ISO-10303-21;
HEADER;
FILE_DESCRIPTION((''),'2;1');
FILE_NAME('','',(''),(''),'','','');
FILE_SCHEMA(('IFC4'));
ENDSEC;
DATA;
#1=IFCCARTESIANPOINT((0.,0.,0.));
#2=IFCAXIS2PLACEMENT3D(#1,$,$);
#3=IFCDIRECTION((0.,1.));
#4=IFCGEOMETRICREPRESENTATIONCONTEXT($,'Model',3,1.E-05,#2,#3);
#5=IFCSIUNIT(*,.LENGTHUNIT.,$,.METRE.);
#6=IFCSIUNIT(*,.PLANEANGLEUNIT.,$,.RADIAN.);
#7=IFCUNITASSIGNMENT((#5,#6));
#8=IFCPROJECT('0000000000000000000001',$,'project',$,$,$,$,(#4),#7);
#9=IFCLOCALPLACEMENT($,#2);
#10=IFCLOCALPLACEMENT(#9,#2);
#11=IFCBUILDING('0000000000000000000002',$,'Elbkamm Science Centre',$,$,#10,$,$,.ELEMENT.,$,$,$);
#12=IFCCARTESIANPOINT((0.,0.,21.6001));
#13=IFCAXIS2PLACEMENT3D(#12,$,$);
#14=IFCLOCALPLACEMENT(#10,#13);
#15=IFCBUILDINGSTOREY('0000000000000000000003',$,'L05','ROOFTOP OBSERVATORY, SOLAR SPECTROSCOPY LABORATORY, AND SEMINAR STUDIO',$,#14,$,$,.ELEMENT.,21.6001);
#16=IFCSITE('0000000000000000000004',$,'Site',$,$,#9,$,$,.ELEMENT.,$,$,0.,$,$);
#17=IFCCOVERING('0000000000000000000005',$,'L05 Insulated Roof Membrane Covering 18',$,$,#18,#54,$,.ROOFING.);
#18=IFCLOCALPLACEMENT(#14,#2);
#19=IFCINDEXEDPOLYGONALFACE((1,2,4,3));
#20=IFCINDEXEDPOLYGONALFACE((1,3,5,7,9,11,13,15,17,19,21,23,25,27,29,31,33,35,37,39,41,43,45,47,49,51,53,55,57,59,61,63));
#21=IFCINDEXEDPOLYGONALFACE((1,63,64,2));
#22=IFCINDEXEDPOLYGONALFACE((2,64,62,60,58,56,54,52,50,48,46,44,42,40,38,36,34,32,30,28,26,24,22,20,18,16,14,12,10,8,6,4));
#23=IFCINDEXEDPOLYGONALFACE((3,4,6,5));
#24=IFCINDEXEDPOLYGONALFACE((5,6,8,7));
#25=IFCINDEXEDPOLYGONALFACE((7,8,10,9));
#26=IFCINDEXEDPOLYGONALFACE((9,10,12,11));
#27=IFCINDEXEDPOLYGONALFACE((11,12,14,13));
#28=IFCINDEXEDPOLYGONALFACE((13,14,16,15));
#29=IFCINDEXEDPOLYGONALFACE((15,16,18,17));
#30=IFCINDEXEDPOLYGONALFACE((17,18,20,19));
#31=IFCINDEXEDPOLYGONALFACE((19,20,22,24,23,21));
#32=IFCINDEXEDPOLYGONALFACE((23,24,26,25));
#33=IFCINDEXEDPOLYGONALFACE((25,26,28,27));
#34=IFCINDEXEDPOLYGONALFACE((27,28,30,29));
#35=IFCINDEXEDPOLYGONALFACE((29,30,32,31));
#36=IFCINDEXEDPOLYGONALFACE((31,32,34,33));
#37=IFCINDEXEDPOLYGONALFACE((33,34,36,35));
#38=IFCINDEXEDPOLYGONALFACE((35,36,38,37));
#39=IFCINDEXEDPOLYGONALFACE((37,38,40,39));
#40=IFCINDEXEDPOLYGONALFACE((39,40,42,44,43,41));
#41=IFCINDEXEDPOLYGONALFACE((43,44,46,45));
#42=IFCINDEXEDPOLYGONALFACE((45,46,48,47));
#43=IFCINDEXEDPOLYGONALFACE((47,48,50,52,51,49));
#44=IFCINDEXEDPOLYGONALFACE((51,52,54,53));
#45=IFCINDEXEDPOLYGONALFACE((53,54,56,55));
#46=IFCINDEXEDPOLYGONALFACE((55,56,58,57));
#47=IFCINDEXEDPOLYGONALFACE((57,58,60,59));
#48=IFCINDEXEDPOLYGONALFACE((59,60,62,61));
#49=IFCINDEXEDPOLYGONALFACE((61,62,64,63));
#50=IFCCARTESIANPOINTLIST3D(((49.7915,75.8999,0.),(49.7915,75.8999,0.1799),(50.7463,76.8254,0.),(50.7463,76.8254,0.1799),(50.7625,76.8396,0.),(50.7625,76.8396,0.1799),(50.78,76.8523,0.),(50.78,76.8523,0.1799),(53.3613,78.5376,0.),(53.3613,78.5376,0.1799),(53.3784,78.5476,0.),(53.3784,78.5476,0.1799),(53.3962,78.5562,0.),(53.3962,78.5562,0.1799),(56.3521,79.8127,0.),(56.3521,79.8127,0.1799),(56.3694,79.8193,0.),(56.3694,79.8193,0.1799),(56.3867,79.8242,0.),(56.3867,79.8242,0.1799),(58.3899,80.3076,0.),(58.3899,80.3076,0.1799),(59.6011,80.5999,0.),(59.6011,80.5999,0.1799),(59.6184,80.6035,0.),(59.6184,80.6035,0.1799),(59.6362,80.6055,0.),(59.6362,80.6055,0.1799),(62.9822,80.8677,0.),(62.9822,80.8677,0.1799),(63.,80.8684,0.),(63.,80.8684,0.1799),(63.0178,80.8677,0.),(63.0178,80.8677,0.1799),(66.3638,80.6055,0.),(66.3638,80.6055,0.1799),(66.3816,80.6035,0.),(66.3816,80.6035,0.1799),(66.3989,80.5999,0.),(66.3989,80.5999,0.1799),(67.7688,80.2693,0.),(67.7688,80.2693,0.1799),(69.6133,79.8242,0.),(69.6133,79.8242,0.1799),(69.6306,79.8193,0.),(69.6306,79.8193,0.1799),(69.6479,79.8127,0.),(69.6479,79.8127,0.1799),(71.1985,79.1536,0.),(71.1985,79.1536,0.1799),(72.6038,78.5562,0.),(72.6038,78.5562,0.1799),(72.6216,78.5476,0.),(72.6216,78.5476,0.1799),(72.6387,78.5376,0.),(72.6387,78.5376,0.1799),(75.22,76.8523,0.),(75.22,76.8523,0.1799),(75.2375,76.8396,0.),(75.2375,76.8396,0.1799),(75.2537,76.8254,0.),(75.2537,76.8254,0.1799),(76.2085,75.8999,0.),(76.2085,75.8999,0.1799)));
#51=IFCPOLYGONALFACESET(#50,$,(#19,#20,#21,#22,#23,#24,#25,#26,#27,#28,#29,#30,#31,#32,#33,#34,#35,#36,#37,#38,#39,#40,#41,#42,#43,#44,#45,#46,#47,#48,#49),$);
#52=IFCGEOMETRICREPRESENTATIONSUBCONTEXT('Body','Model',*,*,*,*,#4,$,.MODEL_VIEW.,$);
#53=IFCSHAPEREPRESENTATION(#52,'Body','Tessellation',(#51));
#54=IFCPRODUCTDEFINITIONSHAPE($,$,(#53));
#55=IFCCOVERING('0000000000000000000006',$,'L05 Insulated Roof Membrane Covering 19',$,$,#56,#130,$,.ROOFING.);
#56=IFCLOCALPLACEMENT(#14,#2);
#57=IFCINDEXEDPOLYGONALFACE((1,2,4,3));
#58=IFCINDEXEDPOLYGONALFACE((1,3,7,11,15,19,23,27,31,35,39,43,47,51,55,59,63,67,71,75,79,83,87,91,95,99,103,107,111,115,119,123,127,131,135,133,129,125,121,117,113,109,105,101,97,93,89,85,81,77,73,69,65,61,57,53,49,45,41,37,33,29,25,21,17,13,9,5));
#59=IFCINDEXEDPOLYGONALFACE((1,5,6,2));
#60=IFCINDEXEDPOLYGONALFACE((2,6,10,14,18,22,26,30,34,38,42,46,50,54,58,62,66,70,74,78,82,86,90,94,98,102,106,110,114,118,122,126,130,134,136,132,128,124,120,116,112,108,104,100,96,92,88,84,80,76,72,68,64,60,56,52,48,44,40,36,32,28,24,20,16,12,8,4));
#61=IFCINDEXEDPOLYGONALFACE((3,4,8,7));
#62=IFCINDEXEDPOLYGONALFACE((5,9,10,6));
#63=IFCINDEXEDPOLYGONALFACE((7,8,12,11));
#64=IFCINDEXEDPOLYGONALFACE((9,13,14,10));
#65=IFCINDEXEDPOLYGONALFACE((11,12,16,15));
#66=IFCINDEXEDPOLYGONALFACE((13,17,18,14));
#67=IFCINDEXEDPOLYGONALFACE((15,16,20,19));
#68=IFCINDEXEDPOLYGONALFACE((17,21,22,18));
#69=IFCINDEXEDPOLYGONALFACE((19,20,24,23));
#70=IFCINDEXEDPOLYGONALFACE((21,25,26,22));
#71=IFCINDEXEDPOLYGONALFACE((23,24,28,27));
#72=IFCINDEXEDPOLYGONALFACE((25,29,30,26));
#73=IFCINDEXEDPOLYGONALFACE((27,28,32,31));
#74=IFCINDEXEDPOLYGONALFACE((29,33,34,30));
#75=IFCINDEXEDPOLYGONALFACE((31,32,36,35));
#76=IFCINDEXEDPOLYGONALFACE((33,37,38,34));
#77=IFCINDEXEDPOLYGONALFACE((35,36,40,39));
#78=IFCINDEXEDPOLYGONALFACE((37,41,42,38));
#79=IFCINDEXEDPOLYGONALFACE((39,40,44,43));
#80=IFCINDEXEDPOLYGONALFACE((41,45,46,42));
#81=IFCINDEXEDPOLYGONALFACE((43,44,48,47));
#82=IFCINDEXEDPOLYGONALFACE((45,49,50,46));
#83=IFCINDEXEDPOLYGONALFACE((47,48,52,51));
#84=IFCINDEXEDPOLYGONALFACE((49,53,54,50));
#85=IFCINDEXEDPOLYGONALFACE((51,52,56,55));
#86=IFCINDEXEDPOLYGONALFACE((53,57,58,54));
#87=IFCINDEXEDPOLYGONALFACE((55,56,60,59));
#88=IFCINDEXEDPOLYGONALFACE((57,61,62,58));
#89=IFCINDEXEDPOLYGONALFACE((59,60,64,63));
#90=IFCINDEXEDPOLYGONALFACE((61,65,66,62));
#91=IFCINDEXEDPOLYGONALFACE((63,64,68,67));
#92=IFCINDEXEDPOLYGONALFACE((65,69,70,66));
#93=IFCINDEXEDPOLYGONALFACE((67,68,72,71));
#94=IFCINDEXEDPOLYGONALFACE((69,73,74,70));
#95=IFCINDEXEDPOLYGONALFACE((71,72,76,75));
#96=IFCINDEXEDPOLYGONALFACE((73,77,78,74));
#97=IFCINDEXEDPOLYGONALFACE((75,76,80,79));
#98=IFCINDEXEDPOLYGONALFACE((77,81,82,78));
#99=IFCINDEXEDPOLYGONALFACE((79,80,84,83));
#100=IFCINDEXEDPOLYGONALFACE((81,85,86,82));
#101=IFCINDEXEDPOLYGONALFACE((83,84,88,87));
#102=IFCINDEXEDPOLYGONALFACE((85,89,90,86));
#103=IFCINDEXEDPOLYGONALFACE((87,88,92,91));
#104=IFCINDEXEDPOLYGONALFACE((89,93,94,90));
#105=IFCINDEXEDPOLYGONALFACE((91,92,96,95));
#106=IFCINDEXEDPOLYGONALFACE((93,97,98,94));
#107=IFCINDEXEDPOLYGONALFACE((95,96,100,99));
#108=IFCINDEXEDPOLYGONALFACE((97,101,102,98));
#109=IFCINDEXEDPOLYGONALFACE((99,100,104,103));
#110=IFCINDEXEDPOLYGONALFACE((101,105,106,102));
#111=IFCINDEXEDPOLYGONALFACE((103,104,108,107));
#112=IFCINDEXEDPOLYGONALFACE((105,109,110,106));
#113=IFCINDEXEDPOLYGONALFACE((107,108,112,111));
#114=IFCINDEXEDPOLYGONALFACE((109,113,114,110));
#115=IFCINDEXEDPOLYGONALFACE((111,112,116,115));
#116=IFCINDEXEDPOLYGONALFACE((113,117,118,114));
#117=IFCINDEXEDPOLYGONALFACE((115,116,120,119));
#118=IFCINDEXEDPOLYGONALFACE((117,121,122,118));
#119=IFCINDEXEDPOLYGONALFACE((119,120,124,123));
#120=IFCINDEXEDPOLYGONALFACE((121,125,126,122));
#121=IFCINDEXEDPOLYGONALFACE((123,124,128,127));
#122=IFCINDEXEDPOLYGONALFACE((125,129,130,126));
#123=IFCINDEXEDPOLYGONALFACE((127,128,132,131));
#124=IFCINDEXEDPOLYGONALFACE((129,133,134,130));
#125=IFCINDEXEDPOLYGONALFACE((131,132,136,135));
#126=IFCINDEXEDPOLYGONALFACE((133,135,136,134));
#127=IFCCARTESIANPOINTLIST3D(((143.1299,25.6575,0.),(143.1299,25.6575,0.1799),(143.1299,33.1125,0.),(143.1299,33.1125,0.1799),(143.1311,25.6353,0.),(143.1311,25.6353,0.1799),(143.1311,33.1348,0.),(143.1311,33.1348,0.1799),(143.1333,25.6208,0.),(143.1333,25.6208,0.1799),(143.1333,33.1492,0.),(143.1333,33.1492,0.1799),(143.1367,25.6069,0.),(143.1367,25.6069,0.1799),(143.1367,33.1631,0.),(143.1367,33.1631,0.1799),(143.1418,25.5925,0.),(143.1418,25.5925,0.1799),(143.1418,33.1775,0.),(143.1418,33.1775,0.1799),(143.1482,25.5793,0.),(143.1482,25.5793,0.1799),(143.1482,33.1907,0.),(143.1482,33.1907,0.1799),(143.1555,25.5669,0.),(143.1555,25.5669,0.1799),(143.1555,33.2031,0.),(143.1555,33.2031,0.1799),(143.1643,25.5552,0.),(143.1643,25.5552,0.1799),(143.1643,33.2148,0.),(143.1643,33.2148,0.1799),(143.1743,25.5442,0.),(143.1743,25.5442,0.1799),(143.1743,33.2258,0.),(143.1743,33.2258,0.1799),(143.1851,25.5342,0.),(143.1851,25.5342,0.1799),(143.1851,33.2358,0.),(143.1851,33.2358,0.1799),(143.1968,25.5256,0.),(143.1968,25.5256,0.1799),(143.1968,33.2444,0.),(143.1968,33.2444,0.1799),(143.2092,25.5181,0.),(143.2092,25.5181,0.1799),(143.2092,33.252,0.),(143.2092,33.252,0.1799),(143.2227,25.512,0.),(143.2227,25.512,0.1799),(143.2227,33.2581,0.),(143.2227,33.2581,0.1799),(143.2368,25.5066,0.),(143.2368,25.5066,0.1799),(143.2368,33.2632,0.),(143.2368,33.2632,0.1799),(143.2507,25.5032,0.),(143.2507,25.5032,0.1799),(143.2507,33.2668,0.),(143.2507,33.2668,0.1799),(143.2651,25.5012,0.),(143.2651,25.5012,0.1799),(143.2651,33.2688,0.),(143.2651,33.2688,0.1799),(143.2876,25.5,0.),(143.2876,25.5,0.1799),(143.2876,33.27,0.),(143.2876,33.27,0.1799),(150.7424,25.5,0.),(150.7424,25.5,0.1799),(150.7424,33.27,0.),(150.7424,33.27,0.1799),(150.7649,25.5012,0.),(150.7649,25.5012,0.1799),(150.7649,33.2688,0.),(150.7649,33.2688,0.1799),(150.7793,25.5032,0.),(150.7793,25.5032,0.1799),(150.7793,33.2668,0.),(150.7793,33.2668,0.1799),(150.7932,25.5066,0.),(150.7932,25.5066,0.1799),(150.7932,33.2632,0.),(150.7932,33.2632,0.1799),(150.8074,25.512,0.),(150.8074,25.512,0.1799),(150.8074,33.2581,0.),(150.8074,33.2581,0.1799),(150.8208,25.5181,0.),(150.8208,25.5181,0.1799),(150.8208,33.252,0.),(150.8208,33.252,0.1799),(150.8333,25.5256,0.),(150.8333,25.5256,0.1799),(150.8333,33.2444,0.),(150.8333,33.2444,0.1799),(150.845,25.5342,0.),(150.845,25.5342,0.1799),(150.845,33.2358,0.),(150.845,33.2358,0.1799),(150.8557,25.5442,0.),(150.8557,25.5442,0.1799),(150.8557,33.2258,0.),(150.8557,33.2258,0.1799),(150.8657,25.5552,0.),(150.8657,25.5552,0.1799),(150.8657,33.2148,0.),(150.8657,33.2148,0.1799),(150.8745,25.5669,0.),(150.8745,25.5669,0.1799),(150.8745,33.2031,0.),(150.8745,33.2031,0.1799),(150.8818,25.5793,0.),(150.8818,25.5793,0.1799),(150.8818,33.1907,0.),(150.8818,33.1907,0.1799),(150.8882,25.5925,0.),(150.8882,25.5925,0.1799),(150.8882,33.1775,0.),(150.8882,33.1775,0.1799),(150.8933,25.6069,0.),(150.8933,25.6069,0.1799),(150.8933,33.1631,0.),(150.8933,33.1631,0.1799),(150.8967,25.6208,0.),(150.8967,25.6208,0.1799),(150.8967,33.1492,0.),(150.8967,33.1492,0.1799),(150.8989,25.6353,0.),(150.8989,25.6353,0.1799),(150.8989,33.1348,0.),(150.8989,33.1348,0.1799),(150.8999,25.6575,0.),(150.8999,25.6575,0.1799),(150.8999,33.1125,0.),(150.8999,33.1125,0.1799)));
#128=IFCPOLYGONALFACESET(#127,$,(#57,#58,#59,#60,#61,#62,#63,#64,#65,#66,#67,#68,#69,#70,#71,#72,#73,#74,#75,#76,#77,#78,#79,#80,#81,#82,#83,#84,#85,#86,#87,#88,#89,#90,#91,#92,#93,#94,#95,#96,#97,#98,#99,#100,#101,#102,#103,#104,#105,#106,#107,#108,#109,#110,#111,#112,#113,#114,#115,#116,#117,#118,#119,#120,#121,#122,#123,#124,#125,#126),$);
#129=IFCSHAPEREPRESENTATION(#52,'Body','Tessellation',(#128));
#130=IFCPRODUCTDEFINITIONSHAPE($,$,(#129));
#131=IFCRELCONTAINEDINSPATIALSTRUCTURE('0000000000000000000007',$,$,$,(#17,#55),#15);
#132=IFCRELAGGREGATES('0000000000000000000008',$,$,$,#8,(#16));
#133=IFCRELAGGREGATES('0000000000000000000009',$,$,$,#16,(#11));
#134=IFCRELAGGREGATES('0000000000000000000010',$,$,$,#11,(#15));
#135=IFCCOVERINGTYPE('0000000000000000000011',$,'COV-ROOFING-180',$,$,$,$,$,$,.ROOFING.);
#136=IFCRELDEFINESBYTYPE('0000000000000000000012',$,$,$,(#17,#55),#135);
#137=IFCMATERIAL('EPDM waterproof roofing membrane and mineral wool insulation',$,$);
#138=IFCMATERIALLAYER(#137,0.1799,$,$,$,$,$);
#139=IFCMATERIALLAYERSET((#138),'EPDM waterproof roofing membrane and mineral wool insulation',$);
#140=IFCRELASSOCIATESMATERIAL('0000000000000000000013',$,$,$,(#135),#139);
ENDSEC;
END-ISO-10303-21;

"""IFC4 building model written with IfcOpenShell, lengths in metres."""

from ifc_helpers import new_model, si_unit, direction, frame, origin, place, context, subcontext, project, spatial, polyline, outline, extrude, material, layer, layer_set, type_object, element, save


model = new_model("IFC4")

# Units and contexts
model_context = context("Model", 3, precision=1e-05, world=origin(), true_north=direction((0.0, 1.0)))
body_context = subcontext(model_context, "Body", "Model", "MODEL_VIEW")
ifc_project = project(units=[si_unit("LENGTHUNIT", "METRE"), si_unit("PLANEANGLEUNIT", "RADIAN")], contexts=[model_context])

# Site, building, storey
site_placement = place(None, origin())
site = spatial("IfcSite", under=ifc_project, at=site_placement, Name="Site", CompositionType="ELEMENT", RefElevation=0.0)
building_placement = place(site_placement, origin())
building = spatial("IfcBuilding", under=site, at=building_placement, Name="Elbkamm Science Centre", CompositionType="ELEMENT")
storey_placement = place(building_placement, frame((0.0, 0.0, 21.6001)))
storey = spatial("IfcBuildingStorey", under=building, at=storey_placement, Name="L05", Description="ROOFTOP OBSERVATORY, SOLAR SPECTROSCOPY LABORATORY, AND SEMINAR STUDIO", CompositionType="ELEMENT", Elevation=21.6001)

# Coverings
ifc_material_1 = material(Name="EPDM waterproof roofing membrane and mineral wool insulation")
ifc_layer_1 = layer(ifc_material_1, 0.1799)
ifc_layer_set_1 = layer_set([ifc_layer_1], Name="EPDM waterproof roofing membrane and mineral wool insulation")
covering_type_1 = type_object("IfcCoveringType", Name="COV-ROOFING-180", PredefinedType="ROOFING", material=ifc_layer_set_1)
covering_1_placement = place(storey_placement, origin())
element("IfcCovering", 1, at=covering_1_placement, inside=storey, type_object=covering_type_1, Name="L05 Insulated Roof Membrane Covering 18", PredefinedType="ROOFING", context=body_context, shape_type="SweptSolid", body=[
    extrude(outline(polyline([(50.7463, 76.8254), (50.7625, 76.8396), (50.78, 76.8523), (53.3613, 78.5376), (53.3784, 78.5476), (53.3962, 78.5562), (56.3521, 79.8127), (56.3694, 79.8193), (56.3867, 79.8242), (58.3899, 80.3076), (59.6011, 80.5999), (59.6184, 80.6035), (59.6362, 80.6055), (62.9822, 80.8677), (63.0, 80.8684), (63.0178, 80.8677), (66.3638, 80.6055), (66.3816, 80.6035), (66.3989, 80.5999), (67.7688, 80.2693), (69.6133, 79.8242), (69.6306, 79.8193), (69.6479, 79.8127), (71.1985, 79.1536), (72.6038, 78.5562), (72.6216, 78.5476), (72.6387, 78.5376), (75.22, 76.8523), (75.2375, 76.8396), (75.2537, 76.8254), (76.2085, 75.8999), (49.7915, 75.8999), (50.7463, 76.8254)])), origin(), (0.0, 0.0, 1.0), 0.1799),
])
covering_2_placement = place(storey_placement, origin())
element("IfcCovering", 2, at=covering_2_placement, inside=storey, type_object=covering_type_1, Name="L05 Insulated Roof Membrane Covering 19", PredefinedType="ROOFING", context=body_context, shape_type="SweptSolid", body=[
    extrude(outline(polyline([(143.2507, 25.5032), (143.2368, 25.5066), (143.2227, 25.512), (143.2092, 25.5181), (143.1968, 25.5256), (143.1851, 25.5342), (143.1743, 25.5442), (143.1643, 25.5552), (143.1555, 25.5669), (143.1482, 25.5793), (143.1418, 25.5925), (143.1367, 25.6069), (143.1333, 25.6208), (143.1311, 25.6353), (143.1299, 25.6575), (143.1299, 33.1125), (143.1311, 33.1348), (143.1333, 33.1492), (143.1367, 33.1631), (143.1418, 33.1775), (143.1482, 33.1907), (143.1555, 33.2031), (143.1643, 33.2148), (143.1743, 33.2258), (143.1851, 33.2358), (143.1968, 33.2444), (143.2092, 33.252), (143.2227, 33.2581), (143.2368, 33.2632), (143.2507, 33.2668), (143.2651, 33.2688), (143.2876, 33.27), (150.7424, 33.27), (150.7649, 33.2688), (150.7793, 33.2668), (150.7932, 33.2632), (150.8074, 33.2581), (150.8208, 33.252), (150.8333, 33.2444), (150.845, 33.2358), (150.8557, 33.2258), (150.8657, 33.2148), (150.8745, 33.2031), (150.8818, 33.1907), (150.8882, 33.1775), (150.8933, 33.1631), (150.8967, 33.1492), (150.8989, 33.1348), (150.8999, 33.1125), (150.8999, 25.6575), (150.8989, 25.6353), (150.8967, 25.6208), (150.8933, 25.6069), (150.8882, 25.5925), (150.8818, 25.5793), (150.8745, 25.5669), (150.8657, 25.5552), (150.8557, 25.5442), (150.845, 25.5342), (150.8333, 25.5256), (150.8208, 25.5181), (150.8074, 25.512), (150.7932, 25.5066), (150.7793, 25.5032), (150.7649, 25.5012), (150.7424, 25.5), (143.2876, 25.5), (143.2651, 25.5012), (143.2507, 25.5032)])), origin(), (0.0, 0.0, 1.0), 0.1799),
])

save(model, "model.ifc")
